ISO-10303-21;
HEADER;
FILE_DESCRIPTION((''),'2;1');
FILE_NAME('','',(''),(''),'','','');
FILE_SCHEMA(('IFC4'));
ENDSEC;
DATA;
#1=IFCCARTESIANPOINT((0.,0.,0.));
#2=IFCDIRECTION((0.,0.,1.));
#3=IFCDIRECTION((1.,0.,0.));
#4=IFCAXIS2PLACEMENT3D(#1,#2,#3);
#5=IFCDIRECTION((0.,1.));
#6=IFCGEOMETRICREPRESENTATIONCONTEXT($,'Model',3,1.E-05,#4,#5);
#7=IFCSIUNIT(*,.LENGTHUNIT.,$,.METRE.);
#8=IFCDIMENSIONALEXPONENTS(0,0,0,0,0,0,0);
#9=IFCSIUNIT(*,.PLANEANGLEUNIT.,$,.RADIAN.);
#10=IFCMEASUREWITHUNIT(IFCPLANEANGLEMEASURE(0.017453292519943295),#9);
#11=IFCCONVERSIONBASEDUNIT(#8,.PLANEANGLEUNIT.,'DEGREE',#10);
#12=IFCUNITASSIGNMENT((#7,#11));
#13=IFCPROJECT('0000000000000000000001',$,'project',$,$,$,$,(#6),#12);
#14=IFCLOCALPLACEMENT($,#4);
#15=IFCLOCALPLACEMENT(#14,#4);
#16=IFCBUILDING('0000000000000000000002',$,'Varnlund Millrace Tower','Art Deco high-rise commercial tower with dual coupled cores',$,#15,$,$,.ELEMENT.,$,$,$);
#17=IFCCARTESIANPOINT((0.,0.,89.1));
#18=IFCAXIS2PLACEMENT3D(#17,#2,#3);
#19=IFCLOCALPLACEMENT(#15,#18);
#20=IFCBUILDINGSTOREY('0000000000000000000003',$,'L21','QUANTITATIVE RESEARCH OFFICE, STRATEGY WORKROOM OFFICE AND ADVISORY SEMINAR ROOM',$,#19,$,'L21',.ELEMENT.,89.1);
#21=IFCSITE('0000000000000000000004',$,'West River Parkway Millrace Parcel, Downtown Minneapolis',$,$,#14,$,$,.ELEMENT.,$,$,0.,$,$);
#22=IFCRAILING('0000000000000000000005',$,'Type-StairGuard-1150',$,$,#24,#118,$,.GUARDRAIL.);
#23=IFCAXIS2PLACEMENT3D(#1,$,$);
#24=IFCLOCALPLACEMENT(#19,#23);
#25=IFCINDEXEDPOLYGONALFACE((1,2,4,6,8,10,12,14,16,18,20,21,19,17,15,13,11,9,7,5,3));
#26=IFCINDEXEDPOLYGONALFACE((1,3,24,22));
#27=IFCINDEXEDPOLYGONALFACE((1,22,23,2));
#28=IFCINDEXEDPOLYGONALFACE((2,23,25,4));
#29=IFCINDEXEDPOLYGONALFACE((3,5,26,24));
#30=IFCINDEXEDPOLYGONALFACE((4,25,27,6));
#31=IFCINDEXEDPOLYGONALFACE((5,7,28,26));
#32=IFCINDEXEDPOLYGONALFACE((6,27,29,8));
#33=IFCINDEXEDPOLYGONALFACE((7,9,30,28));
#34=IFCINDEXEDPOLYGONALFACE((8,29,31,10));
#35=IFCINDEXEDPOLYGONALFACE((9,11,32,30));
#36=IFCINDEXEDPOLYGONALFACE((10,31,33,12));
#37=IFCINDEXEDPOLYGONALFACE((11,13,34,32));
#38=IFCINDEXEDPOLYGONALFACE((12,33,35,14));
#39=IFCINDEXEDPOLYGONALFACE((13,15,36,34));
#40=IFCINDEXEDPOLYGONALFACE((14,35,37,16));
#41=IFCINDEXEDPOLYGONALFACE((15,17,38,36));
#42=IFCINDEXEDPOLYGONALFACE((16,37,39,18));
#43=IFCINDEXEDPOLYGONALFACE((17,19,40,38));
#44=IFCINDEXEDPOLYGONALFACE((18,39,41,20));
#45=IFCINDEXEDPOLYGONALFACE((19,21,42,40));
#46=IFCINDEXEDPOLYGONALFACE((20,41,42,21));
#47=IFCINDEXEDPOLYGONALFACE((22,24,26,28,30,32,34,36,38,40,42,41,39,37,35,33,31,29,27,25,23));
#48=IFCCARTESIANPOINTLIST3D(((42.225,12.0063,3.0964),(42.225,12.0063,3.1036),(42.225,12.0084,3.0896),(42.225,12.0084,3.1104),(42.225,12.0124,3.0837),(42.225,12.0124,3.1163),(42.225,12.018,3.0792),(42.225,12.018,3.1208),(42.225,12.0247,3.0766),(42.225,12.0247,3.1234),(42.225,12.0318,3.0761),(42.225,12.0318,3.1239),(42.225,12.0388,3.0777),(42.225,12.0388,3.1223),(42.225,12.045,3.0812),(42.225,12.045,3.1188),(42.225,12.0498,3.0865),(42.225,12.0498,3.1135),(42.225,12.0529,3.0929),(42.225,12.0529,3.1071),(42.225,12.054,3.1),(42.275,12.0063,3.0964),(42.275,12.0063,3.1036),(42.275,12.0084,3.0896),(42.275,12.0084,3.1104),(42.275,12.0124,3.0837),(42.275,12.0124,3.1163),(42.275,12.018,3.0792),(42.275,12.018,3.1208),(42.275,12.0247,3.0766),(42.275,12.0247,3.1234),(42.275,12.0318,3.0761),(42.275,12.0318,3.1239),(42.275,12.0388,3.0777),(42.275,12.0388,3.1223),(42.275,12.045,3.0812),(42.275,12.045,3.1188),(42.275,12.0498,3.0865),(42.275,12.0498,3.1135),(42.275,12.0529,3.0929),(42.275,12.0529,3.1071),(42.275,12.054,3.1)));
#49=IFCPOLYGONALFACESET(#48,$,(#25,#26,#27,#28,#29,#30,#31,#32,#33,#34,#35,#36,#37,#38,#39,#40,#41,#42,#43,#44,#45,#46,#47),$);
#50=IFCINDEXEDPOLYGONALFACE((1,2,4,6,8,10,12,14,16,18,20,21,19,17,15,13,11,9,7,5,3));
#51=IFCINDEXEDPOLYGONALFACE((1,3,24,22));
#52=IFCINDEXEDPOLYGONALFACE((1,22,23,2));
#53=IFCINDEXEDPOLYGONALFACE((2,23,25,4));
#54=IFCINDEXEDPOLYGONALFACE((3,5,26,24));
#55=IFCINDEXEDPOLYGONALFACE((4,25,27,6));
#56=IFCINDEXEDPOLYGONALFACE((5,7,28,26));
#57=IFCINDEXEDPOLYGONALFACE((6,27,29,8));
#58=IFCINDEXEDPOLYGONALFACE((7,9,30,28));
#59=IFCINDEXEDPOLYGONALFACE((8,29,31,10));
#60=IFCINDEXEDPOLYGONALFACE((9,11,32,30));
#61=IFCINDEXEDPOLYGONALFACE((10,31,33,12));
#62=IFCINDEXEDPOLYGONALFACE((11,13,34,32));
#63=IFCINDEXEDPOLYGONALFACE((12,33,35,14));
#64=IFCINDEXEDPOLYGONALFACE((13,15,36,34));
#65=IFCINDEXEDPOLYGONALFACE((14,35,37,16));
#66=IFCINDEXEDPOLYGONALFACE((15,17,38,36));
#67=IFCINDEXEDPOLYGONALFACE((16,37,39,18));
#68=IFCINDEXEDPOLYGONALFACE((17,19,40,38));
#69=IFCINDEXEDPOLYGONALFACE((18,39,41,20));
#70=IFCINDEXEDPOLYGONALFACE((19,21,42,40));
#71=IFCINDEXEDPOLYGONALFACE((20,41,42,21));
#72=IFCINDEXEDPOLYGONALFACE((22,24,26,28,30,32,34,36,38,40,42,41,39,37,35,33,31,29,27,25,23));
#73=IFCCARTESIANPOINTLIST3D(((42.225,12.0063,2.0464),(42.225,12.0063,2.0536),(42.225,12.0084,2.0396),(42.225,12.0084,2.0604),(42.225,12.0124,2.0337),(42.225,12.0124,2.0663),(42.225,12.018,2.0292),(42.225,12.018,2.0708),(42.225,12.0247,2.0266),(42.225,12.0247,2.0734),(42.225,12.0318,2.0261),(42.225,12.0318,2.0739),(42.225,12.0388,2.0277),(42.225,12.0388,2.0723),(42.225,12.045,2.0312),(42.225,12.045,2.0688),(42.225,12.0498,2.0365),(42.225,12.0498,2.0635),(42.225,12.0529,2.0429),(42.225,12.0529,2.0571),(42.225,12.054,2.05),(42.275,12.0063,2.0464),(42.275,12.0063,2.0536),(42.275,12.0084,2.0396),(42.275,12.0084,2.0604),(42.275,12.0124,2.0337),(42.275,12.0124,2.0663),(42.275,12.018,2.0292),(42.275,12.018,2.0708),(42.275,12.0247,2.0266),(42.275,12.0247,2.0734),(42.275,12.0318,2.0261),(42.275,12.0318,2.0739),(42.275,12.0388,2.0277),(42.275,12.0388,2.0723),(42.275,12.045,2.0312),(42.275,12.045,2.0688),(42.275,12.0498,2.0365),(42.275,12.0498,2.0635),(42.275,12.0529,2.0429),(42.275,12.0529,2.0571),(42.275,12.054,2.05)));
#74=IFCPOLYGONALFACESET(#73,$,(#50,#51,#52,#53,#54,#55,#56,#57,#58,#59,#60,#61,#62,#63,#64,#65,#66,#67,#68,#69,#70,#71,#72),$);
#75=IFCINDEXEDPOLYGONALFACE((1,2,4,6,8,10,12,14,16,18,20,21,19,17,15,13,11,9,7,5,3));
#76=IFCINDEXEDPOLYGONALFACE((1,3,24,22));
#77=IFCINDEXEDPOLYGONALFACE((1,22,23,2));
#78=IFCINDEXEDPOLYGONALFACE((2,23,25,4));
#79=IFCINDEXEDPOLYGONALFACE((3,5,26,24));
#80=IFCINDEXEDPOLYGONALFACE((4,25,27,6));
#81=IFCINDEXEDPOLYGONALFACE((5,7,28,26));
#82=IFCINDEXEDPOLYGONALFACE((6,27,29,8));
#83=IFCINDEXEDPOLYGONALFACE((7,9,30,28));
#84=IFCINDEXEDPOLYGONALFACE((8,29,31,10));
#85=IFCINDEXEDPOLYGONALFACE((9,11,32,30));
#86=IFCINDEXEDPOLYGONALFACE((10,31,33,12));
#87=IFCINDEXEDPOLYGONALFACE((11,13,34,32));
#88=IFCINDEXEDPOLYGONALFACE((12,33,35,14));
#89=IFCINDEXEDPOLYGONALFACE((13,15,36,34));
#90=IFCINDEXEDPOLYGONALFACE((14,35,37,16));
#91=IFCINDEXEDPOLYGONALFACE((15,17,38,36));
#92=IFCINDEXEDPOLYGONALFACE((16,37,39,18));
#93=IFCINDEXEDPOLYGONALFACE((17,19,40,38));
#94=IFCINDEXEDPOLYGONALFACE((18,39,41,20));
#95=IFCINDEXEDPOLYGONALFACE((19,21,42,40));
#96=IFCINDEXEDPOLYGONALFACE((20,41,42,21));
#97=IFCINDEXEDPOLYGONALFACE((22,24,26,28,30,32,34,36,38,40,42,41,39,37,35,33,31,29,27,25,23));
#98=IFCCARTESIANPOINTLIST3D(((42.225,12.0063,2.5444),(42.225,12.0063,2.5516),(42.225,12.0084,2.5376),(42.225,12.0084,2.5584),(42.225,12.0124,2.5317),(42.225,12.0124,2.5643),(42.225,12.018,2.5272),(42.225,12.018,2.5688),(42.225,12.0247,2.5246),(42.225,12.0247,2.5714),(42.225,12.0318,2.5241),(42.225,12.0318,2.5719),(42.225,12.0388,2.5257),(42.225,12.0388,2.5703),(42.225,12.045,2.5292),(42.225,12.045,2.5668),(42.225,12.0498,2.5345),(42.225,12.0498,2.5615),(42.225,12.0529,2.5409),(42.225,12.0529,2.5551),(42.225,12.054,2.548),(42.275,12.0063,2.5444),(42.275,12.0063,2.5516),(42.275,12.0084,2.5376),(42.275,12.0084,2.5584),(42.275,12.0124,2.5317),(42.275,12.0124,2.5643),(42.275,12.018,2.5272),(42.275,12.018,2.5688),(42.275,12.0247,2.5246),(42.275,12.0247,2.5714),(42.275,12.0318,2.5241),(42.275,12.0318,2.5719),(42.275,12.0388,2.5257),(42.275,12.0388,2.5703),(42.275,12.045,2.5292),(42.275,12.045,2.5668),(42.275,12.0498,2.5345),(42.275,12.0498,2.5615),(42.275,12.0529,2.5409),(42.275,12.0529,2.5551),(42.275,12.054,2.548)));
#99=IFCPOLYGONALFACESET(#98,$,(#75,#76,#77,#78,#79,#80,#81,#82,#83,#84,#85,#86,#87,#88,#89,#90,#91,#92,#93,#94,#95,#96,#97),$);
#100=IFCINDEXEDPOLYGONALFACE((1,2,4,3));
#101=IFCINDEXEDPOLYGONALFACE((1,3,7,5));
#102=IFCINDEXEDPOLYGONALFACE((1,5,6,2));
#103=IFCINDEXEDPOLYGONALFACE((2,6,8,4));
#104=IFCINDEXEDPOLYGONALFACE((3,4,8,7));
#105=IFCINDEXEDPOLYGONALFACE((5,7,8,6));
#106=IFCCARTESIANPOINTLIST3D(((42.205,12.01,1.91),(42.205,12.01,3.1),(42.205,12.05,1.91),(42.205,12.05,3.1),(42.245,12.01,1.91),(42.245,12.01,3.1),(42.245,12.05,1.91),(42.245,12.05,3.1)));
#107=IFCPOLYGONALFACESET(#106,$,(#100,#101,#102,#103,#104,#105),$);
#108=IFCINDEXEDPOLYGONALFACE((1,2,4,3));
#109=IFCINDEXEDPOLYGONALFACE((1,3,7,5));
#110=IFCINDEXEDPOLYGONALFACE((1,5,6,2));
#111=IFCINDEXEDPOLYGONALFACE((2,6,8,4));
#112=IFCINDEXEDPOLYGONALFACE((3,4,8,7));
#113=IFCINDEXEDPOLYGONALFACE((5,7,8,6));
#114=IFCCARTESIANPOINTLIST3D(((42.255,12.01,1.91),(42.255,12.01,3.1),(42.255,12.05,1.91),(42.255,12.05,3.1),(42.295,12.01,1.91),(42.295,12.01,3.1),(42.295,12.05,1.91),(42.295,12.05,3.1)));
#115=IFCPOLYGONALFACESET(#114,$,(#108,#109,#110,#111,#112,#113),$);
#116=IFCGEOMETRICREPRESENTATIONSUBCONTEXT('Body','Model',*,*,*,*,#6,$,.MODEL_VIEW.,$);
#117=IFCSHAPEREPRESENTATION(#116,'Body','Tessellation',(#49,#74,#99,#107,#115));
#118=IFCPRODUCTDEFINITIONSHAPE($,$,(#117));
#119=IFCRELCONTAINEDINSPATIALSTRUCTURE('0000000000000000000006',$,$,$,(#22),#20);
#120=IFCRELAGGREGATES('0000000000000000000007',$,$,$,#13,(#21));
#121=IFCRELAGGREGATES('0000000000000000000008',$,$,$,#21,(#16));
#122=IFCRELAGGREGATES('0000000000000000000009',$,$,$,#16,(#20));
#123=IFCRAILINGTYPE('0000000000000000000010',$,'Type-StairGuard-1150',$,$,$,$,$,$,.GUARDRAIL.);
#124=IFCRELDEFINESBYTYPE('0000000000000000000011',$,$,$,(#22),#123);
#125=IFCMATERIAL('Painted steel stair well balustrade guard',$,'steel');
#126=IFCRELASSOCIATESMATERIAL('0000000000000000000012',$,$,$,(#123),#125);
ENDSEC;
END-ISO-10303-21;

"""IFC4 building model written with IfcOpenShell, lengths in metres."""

from ifc_helpers import new_model, entity, si_unit, converted_unit, direction, frame, origin_with_axes, origin_2d_with_axis, place, context, subcontext, project, spatial, rectangle, circle, extrude, material, type_object, element, save


model = new_model("IFC4")

# Units and contexts
model_context = context("Model", 3, precision=1e-05, world=origin_with_axes(), true_north=direction((0.0, 1.0)))
body_context = subcontext(model_context, "Body", "Model", "MODEL_VIEW")
ifc_project = project(units=[si_unit("LENGTHUNIT", "METRE"), converted_unit("PLANEANGLEUNIT", "DEGREE", entity("IfcPlaneAngleMeasure", 0.017453292519943295), si_unit("PLANEANGLEUNIT", "RADIAN"), dimensions=[0, 0, 0, 0, 0, 0, 0])], contexts=[model_context])

# Site, building, storey
site_placement = place(None, origin_with_axes())
site = spatial("IfcSite", under=ifc_project, at=site_placement, Name="West River Parkway Millrace Parcel, Downtown Minneapolis", CompositionType="ELEMENT", RefElevation=0.0)
building_placement = place(site_placement, origin_with_axes())
building = spatial("IfcBuilding", under=site, at=building_placement, Name="Varnlund Millrace Tower", Description="Art Deco high-rise commercial tower with dual coupled cores", CompositionType="ELEMENT")
storey_placement = place(building_placement, frame((0.0, 0.0, 89.1), z_axis=(0.0, 0.0, 1.0), x_axis=(1.0, 0.0, 0.0)))
storey = spatial("IfcBuildingStorey", under=building, at=storey_placement, Name="L21", Description="QUANTITATIVE RESEARCH OFFICE, STRATEGY WORKROOM OFFICE AND ADVISORY SEMINAR ROOM", LongName="L21", CompositionType="ELEMENT", Elevation=89.1)

# Railing
ifc_material_1 = material(Name="Painted steel stair well balustrade guard", Category="steel")
railing_type_1 = type_object("IfcRailingType", Name="Type-StairGuard-1150", PredefinedType="GUARDRAIL", material=ifc_material_1)
railing_1_placement = place(storey_placement, frame((0.0, 0.0, -89.1), z_axis=(0.0, 0.0, 1.0), x_axis=(1.0, 0.0, 0.0)))
element("IfcRailing", 1, at=railing_1_placement, inside=storey, type_object=railing_type_1, Name="Type-StairGuard-1150", PredefinedType="GUARDRAIL", context=body_context, shape_type="SweptSolid", body=[
    extrude(circle(Radius=0.024, at=origin_2d_with_axis()), frame((42.225, 12.03, 92.2), z_axis=(1.0, 0.0, 0.0), x_axis=(0.0, 1.0, 0.0)), (0.0, 0.0, 1.0), 0.05),
    extrude(circle(Radius=0.024, at=origin_2d_with_axis()), frame((42.225, 12.03, 91.15), z_axis=(1.0, 0.0, 0.0), x_axis=(0.0, 1.0, 0.0)), (0.0, 0.0, 1.0), 0.05),
    extrude(circle(Radius=0.024, at=origin_2d_with_axis()), frame((42.225, 12.03, 91.648), z_axis=(1.0, 0.0, 0.0), x_axis=(0.0, 1.0, 0.0)), (0.0, 0.0, 1.0), 0.05),
    extrude(rectangle(XDim=0.04, YDim=0.04, at=origin_2d_with_axis()), frame((42.225, 12.03, 91.01), z_axis=(0.0, 0.0, 1.0), x_axis=(1.0, 0.0, 0.0)), (0.0, 0.0, 1.0), 1.19),
    extrude(rectangle(XDim=0.04, YDim=0.04, at=origin_2d_with_axis()), frame((42.275, 12.03, 91.01), z_axis=(0.0, 0.0, 1.0), x_axis=(1.0, 0.0, 0.0)), (0.0, 0.0, 1.0), 1.19),
])

save(model, "model.ifc")
